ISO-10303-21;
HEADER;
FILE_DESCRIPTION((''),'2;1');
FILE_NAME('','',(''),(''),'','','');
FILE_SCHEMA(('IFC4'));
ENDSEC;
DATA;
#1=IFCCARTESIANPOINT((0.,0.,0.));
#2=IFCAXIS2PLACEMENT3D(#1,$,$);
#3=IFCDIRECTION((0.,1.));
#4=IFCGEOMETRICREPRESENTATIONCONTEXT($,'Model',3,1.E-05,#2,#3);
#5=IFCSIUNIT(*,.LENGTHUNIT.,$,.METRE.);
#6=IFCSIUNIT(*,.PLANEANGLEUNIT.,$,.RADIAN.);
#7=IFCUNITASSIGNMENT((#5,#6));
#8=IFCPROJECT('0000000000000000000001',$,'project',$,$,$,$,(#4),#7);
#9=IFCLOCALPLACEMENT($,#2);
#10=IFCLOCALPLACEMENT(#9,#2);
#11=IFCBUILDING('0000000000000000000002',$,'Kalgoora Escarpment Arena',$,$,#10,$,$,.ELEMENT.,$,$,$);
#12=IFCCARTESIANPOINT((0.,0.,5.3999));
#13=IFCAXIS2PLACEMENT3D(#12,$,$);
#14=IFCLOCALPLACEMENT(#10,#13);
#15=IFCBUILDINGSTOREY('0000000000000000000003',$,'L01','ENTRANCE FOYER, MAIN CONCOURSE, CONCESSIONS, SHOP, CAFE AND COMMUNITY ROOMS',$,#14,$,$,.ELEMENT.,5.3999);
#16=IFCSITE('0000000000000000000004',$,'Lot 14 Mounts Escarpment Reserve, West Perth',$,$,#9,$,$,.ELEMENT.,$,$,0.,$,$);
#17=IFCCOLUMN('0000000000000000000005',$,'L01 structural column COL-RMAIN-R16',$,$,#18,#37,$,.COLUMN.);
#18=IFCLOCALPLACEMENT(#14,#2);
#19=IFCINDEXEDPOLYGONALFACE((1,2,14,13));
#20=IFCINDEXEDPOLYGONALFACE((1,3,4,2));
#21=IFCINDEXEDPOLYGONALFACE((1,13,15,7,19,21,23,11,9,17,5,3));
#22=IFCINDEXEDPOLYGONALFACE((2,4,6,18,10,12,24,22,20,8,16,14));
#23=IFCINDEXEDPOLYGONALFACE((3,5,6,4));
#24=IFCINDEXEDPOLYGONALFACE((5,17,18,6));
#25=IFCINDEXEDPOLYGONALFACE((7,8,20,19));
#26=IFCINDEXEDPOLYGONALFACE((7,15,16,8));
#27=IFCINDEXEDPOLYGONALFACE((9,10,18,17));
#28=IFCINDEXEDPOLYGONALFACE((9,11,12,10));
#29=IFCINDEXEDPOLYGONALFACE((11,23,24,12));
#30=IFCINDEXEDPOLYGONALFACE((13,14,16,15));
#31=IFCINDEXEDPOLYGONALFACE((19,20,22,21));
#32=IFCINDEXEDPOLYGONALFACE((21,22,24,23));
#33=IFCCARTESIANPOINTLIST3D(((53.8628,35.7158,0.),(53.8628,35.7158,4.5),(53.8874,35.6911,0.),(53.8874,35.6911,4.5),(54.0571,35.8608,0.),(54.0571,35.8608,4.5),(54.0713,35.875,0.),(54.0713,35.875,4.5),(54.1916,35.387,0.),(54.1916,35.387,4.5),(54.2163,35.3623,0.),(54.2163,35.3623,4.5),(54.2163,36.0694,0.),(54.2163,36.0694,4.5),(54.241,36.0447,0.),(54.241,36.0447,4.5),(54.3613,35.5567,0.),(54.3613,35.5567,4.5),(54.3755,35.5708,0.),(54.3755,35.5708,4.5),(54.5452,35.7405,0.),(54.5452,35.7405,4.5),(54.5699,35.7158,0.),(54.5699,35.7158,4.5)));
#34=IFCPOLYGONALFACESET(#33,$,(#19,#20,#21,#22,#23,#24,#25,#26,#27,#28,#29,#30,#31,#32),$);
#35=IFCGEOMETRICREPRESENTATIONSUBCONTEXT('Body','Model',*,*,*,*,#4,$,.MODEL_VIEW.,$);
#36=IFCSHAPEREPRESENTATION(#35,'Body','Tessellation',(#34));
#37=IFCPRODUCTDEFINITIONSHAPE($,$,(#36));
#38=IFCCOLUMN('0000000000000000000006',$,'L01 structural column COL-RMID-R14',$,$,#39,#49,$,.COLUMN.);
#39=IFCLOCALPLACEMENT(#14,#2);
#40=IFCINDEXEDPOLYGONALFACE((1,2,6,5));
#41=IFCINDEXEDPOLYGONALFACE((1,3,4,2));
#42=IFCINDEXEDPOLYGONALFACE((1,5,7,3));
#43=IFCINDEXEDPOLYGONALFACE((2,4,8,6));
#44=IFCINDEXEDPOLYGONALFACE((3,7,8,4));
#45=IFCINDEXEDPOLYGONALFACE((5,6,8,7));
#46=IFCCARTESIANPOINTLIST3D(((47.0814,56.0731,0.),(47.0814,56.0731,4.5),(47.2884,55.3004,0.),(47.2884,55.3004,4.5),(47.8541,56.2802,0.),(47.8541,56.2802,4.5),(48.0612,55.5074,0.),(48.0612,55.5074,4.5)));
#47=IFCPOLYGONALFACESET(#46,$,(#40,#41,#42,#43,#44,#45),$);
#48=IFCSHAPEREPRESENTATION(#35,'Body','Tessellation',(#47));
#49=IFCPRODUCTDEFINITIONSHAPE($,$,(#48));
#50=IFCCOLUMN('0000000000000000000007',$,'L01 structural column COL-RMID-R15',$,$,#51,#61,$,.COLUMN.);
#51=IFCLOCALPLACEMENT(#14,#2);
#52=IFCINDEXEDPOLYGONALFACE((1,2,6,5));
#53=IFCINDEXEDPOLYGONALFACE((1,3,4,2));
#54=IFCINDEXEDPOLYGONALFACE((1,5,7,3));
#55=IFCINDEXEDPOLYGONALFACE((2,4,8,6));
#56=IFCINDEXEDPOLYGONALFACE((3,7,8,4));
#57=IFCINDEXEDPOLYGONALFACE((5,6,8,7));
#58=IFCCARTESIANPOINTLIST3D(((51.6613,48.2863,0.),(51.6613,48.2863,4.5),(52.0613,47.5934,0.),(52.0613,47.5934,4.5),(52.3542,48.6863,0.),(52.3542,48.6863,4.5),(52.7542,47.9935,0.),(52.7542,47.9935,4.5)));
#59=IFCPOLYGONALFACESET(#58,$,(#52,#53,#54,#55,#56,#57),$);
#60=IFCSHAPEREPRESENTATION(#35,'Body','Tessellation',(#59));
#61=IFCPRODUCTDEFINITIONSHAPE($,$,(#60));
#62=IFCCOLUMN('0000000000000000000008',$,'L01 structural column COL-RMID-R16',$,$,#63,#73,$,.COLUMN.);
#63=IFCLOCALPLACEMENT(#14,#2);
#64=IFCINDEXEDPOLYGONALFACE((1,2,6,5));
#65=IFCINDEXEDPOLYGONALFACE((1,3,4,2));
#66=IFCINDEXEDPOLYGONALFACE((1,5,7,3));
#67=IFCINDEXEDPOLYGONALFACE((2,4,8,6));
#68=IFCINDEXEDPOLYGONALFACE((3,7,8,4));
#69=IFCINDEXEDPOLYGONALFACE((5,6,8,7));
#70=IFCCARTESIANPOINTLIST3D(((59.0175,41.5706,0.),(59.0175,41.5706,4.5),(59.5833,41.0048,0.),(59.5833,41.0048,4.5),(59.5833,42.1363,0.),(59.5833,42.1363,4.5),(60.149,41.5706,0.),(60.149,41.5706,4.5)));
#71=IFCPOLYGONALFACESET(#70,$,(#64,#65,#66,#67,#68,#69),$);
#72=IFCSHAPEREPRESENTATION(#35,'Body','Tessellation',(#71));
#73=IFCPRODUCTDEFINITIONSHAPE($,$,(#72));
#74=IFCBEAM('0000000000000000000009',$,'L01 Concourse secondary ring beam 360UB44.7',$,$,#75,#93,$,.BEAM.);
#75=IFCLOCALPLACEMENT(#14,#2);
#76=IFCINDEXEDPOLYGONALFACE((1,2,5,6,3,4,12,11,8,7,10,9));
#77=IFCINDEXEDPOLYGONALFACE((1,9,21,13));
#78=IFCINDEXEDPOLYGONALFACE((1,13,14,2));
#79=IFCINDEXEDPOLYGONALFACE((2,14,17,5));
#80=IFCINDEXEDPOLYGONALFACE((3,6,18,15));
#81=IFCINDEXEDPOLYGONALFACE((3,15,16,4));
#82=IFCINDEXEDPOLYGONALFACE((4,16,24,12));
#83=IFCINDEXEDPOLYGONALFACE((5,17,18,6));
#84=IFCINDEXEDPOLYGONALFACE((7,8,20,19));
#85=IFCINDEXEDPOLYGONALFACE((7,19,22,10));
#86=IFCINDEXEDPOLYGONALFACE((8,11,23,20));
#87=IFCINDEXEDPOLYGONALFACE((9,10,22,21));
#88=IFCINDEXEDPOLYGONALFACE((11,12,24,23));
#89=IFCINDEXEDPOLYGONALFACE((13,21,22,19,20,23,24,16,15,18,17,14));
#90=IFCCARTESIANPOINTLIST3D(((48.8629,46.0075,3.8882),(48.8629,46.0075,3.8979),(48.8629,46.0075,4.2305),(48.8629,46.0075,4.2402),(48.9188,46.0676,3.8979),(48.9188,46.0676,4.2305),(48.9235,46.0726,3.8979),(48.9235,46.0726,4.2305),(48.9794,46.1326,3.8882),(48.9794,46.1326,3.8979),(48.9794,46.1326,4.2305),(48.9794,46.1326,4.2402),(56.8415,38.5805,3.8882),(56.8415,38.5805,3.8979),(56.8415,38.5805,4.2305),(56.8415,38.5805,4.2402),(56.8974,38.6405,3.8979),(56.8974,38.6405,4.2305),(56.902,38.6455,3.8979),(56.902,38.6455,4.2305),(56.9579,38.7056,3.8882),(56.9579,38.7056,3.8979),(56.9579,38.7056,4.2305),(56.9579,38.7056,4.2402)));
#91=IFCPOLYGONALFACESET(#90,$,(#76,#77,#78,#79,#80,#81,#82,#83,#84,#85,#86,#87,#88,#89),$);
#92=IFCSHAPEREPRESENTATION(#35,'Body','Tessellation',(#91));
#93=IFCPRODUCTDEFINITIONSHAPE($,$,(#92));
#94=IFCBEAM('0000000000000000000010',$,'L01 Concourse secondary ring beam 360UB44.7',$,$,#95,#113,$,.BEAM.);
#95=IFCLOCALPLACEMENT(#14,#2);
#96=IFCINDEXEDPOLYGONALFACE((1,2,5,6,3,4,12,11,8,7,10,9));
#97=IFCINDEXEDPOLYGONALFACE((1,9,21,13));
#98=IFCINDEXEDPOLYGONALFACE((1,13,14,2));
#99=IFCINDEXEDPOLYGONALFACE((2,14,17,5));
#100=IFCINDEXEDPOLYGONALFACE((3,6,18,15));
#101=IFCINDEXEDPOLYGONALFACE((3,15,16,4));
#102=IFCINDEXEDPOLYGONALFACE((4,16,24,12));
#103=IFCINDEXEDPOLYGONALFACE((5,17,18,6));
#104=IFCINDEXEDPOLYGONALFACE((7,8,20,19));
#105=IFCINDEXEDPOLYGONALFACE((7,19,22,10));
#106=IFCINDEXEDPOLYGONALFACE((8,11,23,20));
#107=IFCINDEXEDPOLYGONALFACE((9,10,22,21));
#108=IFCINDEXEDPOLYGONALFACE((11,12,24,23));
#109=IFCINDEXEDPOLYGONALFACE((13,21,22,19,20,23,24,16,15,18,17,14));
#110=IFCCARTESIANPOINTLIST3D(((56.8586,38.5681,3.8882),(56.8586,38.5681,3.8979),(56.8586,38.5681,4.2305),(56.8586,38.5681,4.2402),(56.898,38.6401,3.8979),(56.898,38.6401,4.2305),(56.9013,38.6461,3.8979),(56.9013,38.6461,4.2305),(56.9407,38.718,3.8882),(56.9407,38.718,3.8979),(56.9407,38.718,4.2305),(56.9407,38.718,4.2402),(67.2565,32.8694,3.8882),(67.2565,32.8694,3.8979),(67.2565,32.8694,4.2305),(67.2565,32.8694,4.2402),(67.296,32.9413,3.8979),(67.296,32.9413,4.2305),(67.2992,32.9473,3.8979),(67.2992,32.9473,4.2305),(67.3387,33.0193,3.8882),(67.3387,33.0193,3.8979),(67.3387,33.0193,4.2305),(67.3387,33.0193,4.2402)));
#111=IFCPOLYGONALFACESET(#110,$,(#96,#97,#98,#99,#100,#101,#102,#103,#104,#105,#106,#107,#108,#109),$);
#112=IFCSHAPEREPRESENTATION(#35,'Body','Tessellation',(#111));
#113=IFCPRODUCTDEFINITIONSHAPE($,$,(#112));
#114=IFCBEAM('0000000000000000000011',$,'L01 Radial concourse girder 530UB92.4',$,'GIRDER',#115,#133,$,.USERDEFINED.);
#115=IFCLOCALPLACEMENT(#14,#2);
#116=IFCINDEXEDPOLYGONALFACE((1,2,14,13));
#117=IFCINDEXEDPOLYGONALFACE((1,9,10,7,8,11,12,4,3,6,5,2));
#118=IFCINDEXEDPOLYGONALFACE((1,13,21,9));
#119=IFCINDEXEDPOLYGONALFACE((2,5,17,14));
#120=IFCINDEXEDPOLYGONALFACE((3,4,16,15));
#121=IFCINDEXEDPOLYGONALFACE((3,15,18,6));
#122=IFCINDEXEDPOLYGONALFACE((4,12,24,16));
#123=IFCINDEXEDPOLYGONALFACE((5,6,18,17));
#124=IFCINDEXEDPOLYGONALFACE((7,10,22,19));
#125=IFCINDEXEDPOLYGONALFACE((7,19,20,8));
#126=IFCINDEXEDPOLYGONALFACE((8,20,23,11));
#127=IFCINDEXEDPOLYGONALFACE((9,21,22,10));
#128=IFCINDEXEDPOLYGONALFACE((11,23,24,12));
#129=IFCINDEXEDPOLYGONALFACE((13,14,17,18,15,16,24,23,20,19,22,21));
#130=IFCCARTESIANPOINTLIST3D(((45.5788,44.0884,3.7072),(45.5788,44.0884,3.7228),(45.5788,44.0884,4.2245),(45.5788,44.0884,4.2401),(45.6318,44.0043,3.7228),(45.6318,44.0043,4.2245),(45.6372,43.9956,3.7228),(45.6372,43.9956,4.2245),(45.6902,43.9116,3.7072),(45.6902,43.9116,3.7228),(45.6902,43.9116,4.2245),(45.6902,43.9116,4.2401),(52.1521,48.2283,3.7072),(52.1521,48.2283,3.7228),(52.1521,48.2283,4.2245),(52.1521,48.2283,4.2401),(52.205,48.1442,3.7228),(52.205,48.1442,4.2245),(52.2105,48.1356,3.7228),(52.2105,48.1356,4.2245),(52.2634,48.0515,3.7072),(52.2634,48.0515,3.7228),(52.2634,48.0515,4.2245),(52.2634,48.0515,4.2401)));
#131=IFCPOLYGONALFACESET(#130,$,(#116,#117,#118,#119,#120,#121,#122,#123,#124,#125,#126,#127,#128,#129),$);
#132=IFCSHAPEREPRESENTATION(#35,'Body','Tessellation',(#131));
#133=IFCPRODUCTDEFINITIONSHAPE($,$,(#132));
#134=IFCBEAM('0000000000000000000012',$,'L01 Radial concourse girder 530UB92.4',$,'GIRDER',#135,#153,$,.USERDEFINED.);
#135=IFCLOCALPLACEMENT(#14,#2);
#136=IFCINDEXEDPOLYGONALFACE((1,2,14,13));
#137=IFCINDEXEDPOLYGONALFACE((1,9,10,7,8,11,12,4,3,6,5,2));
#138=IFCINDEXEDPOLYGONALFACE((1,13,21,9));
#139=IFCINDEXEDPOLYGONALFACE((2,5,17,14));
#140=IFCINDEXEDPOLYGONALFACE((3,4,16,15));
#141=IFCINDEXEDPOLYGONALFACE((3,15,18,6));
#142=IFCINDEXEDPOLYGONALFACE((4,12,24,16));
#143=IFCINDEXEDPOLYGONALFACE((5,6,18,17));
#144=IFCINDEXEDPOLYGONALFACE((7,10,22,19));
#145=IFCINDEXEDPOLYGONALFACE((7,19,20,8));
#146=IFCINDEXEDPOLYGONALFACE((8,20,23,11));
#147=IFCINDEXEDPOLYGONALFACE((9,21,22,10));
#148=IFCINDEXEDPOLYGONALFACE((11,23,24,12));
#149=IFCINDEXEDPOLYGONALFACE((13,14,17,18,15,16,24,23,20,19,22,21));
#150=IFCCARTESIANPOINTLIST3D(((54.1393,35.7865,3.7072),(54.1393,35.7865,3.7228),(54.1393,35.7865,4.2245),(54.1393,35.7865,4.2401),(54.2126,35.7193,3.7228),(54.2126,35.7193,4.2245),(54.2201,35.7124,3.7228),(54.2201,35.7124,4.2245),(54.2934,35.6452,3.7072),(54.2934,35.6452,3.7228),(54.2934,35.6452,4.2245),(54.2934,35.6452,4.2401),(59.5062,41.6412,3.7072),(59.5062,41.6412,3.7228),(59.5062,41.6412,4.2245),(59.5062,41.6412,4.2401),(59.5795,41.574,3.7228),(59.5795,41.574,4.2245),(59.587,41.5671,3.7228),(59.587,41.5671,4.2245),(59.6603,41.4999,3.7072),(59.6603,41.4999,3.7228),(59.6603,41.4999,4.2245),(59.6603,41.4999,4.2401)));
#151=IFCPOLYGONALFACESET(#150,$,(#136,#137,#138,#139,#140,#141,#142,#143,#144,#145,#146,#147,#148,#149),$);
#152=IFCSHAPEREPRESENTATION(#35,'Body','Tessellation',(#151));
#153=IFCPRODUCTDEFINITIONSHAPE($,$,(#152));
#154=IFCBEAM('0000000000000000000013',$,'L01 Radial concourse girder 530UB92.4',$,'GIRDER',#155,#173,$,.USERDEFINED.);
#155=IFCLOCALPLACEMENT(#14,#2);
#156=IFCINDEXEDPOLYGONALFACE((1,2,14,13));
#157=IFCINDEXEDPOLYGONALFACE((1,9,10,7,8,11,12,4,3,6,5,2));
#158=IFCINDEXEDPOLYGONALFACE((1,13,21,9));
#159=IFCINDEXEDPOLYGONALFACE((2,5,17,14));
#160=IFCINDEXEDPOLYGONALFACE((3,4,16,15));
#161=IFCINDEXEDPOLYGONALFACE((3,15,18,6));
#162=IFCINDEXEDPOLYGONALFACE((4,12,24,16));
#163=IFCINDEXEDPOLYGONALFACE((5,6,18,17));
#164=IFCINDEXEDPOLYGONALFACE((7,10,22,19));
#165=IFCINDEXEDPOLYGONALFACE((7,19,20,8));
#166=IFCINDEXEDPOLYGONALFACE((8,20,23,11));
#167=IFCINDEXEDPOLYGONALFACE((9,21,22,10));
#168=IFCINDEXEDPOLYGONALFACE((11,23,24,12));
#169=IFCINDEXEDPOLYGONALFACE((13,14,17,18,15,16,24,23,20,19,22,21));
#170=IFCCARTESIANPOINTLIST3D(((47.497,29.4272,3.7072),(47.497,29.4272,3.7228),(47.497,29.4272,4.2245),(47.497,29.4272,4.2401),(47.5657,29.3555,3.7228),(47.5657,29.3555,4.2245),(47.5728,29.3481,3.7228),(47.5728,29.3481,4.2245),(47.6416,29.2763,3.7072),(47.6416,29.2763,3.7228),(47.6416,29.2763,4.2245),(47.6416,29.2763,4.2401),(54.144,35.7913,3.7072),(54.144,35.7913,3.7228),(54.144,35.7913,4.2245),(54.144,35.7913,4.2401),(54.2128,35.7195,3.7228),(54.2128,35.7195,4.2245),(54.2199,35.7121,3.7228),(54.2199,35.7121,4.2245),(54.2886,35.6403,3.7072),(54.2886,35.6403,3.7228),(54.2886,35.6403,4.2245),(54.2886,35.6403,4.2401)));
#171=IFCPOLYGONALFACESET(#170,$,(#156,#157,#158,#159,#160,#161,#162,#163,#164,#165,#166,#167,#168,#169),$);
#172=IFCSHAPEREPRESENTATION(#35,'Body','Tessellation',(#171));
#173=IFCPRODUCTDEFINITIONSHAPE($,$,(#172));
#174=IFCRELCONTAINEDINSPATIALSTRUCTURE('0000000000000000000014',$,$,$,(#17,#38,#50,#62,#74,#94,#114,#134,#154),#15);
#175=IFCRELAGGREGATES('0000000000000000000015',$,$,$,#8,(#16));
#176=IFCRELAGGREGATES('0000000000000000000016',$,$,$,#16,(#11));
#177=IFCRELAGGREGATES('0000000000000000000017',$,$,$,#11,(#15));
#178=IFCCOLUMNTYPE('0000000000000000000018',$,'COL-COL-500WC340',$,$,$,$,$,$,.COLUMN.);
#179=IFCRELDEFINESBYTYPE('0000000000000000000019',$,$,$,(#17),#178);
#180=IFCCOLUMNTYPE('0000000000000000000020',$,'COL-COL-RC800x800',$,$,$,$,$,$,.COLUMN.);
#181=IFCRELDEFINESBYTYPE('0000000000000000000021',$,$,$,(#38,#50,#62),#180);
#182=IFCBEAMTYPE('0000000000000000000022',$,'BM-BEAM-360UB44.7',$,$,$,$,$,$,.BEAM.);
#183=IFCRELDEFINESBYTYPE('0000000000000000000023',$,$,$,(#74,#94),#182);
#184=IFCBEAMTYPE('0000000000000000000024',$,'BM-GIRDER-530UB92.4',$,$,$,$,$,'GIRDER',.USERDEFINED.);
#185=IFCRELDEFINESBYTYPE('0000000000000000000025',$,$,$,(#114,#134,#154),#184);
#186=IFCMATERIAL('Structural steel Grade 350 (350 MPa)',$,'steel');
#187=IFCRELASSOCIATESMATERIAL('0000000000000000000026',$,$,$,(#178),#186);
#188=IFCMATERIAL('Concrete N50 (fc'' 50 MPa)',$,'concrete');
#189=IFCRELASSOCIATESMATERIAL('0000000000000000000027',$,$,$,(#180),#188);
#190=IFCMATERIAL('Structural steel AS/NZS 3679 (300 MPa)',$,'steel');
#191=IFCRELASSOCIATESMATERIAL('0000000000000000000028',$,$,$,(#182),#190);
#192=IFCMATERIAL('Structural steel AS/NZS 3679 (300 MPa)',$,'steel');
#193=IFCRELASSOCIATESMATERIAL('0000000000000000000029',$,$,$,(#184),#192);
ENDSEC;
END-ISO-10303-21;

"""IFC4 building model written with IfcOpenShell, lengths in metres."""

from ifc_helpers import new_model, si_unit, direction, frame, origin, origin_2d, place, context, subcontext, project, spatial, rectangle, i_section, extrude, material, material_profile, profile_set, type_object, element, save


model = new_model("IFC4")

# Units and contexts
model_context = context("Model", 3, precision=1e-05, world=origin(), true_north=direction((0.0, 1.0)))
body_context = subcontext(model_context, "Body", "Model", "MODEL_VIEW")
ifc_project = project(units=[si_unit("LENGTHUNIT", "METRE"), si_unit("PLANEANGLEUNIT", "RADIAN")], contexts=[model_context])

# Site, building, storey
site_placement = place(None, origin())
site = spatial("IfcSite", under=ifc_project, at=site_placement, Name="Lot 14 Mounts Escarpment Reserve, West Perth", CompositionType="ELEMENT", RefElevation=0.0)
building_placement = place(site_placement, origin())
building = spatial("IfcBuilding", under=site, at=building_placement, Name="Kalgoora Escarpment Arena", CompositionType="ELEMENT")
storey_placement = place(building_placement, frame((0.0, 0.0, 5.3999)))
storey = spatial("IfcBuildingStorey", under=building, at=storey_placement, Name="L01", Description="ENTRANCE FOYER, MAIN CONCOURSE, CONCESSIONS, SHOP, CAFE AND COMMUNITY ROOMS", CompositionType="ELEMENT", Elevation=5.3999)

# Columns
ifc_material_1 = material(Name="Structural steel Grade 350 (350 MPa)", Category="steel")
ifc_material_profile_1 = material_profile(ifc_material_1, i_section(OverallWidth=0.5, OverallDepth=0.5, WebThickness=0.02, FlangeThickness=0.0349, at=origin_2d()))
ifc_profile_set_1 = profile_set([ifc_material_profile_1], Name="Structural steel Grade 350 (350 MPa)")
column_type_1 = type_object("IfcColumnType", Name="COL-COL-500WC340", PredefinedType="COLUMN", material=ifc_profile_set_1)
column_placement = place(storey_placement, frame((54.2163, 35.7158, 0.0), z_axis=(0.0, 0.0, 1.0), x_axis=(-0.707107, -0.707107, 0.0)))
element("IfcColumn", 1, at=column_placement, inside=storey, type_object=column_type_1, Name="L01 structural column COL-RMAIN-R16", PredefinedType="COLUMN", context=body_context, shape_type="SweptSolid", body=[
    extrude(i_section(OverallWidth=0.5, OverallDepth=0.5, WebThickness=0.02, FlangeThickness=0.0349, at=origin_2d()), origin(), (0.0, 0.0, 1.0), 4.5),
])
ifc_material_2 = material(Name="Concrete N50 (fc' 50 MPa)", Category="concrete")
ifc_material_profile_2 = material_profile(ifc_material_2, rectangle(XDim=0.8, YDim=0.8, at=origin_2d()))
ifc_profile_set_2 = profile_set([ifc_material_profile_2], Name="Concrete N50 (fc' 50 MPa)")
column_type_2 = type_object("IfcColumnType", Name="COL-COL-RC800x800", PredefinedType="COLUMN", material=ifc_profile_set_2)
for number, where, z_axis, x_axis, name in (
    (2, (47.5713, 55.7903, 0.0), (0.0, 0.0, 1.0), (-0.965926, -0.258819, 0.0), "L01 structural column COL-RMID-R14"),
    (3, (52.2078, 48.1399, 0.0), (0.0, 0.0, 1.0), (-0.866025, -0.5, 0.0), "L01 structural column COL-RMID-R15"),
    (4, (59.5833, 41.5706, 0.0), (0.0, 0.0, 1.0), (-0.707107, -0.707107, 0.0), "L01 structural column COL-RMID-R16"),
):
    element("IfcColumn", number, at=place(storey_placement, frame(where, z_axis=z_axis, x_axis=x_axis)), inside=storey, type_object=column_type_2, Name=name, PredefinedType="COLUMN", context=body_context, shape_type="SweptSolid", body=[
        extrude(rectangle(XDim=0.8, YDim=0.8, at=origin_2d()), origin(), (0.0, 0.0, 1.0), 4.5),
    ])

# Beams
ifc_material_3 = material(Name="Structural steel AS/NZS 3679 (300 MPa)", Category="steel")
ifc_material_profile_3 = material_profile(ifc_material_3, i_section(OverallWidth=0.1709, OverallDepth=0.3521, WebThickness=0.0068, FlangeThickness=0.0098, at=origin_2d()))
ifc_profile_set_3 = profile_set([ifc_material_profile_3], Name="Structural steel AS/NZS 3679 (300 MPa)")
beam_type_1 = type_object("IfcBeamType", Name="BM-BEAM-360UB44.7", PredefinedType="BEAM", material=ifc_profile_set_3)
beam_1_placement = place(storey_placement, frame((48.9211, 46.0701, 4.0642), z_axis=(0.731952, -0.681356, 0.0), x_axis=(0.681356, 0.731952, 0.0)))
element("IfcBeam", 5, at=beam_1_placement, inside=storey, type_object=beam_type_1, Name="L01 Concourse secondary ring beam 360UB44.7", PredefinedType="BEAM", context=body_context, shape_type="SweptSolid", body=[
    extrude(i_section(OverallWidth=0.1709, OverallDepth=0.3521, WebThickness=0.0068, FlangeThickness=0.0098, at=origin_2d()), origin(), (0.0, 0.0, 1.0), 10.9004),
])
beam_2_placement = place(storey_placement, frame((56.8997, 38.6431, 4.0642), z_axis=(0.876932, -0.480614, 0.0), x_axis=(0.480614, 0.876932, 0.0)))
element("IfcBeam", 6, at=beam_2_placement, inside=storey, type_object=beam_type_1, Name="L01 Concourse secondary ring beam 360UB44.7", PredefinedType="BEAM", context=body_context, shape_type="SweptSolid", body=[
    extrude(i_section(OverallWidth=0.1709, OverallDepth=0.3521, WebThickness=0.0068, FlangeThickness=0.0098, at=origin_2d()), origin(), (0.0, 0.0, 1.0), 11.8572),
])
ifc_material_4 = material(Name="Structural steel AS/NZS 3679 (300 MPa)", Category="steel")
ifc_material_profile_4 = material_profile(ifc_material_4, i_section(OverallWidth=0.209, OverallDepth=0.533, WebThickness=0.0103, FlangeThickness=0.0156, at=origin_2d()))
ifc_profile_set_4 = profile_set([ifc_material_profile_4], Name="Structural steel AS/NZS 3679 (300 MPa)")
beam_type_2 = type_object("IfcBeamType", Name="BM-GIRDER-530UB92.4", ElementType="GIRDER", PredefinedType="USERDEFINED", material=ifc_profile_set_4)
beam_3_placement = place(storey_placement, frame((52.2078, 48.1399, 3.9736), z_axis=(-0.846164, -0.532922, 0.0), x_axis=(0.532922, -0.846164, 0.0)))
element("IfcBeam", 7, at=beam_3_placement, inside=storey, type_object=beam_type_2, Name="L01 Radial concourse girder 530UB92.4", ObjectType="GIRDER", PredefinedType="USERDEFINED", context=body_context, shape_type="SweptSolid", body=[
    extrude(i_section(OverallWidth=0.209, OverallDepth=0.533, WebThickness=0.0103, FlangeThickness=0.0156, at=origin_2d()), origin(), (0.0, 0.0, 1.0), 7.7683),
])
beam_4_placement = place(storey_placement, frame((59.5833, 41.5706, 3.9736), z_axis=(-0.675732, -0.737148, 0.0), x_axis=(0.737148, -0.675732, 0.0)))
element("IfcBeam", 8, at=beam_4_placement, inside=storey, type_object=beam_type_2, Name="L01 Radial concourse girder 530UB92.4", ObjectType="GIRDER", PredefinedType="USERDEFINED", context=body_context, shape_type="SweptSolid", body=[
    extrude(i_section(OverallWidth=0.209, OverallDepth=0.533, WebThickness=0.0103, FlangeThickness=0.0156, at=origin_2d()), origin(), (0.0, 0.0, 1.0), 7.9424),
])
beam_5_placement = place(storey_placement, frame((54.2163, 35.7158, 3.9736), z_axis=(-0.722314, -0.691565, 0.0), x_axis=(0.691565, -0.722314, 0.0)))
element("IfcBeam", 9, at=beam_5_placement, inside=storey, type_object=beam_type_2, Name="L01 Radial concourse girder 530UB92.4", ObjectType="GIRDER", PredefinedType="USERDEFINED", context=body_context, shape_type="SweptSolid", body=[
    extrude(i_section(OverallWidth=0.209, OverallDepth=0.533, WebThickness=0.0103, FlangeThickness=0.0156, at=origin_2d()), origin(), (0.0, 0.0, 1.0), 9.2024),
])

save(model, "model.ifc")
